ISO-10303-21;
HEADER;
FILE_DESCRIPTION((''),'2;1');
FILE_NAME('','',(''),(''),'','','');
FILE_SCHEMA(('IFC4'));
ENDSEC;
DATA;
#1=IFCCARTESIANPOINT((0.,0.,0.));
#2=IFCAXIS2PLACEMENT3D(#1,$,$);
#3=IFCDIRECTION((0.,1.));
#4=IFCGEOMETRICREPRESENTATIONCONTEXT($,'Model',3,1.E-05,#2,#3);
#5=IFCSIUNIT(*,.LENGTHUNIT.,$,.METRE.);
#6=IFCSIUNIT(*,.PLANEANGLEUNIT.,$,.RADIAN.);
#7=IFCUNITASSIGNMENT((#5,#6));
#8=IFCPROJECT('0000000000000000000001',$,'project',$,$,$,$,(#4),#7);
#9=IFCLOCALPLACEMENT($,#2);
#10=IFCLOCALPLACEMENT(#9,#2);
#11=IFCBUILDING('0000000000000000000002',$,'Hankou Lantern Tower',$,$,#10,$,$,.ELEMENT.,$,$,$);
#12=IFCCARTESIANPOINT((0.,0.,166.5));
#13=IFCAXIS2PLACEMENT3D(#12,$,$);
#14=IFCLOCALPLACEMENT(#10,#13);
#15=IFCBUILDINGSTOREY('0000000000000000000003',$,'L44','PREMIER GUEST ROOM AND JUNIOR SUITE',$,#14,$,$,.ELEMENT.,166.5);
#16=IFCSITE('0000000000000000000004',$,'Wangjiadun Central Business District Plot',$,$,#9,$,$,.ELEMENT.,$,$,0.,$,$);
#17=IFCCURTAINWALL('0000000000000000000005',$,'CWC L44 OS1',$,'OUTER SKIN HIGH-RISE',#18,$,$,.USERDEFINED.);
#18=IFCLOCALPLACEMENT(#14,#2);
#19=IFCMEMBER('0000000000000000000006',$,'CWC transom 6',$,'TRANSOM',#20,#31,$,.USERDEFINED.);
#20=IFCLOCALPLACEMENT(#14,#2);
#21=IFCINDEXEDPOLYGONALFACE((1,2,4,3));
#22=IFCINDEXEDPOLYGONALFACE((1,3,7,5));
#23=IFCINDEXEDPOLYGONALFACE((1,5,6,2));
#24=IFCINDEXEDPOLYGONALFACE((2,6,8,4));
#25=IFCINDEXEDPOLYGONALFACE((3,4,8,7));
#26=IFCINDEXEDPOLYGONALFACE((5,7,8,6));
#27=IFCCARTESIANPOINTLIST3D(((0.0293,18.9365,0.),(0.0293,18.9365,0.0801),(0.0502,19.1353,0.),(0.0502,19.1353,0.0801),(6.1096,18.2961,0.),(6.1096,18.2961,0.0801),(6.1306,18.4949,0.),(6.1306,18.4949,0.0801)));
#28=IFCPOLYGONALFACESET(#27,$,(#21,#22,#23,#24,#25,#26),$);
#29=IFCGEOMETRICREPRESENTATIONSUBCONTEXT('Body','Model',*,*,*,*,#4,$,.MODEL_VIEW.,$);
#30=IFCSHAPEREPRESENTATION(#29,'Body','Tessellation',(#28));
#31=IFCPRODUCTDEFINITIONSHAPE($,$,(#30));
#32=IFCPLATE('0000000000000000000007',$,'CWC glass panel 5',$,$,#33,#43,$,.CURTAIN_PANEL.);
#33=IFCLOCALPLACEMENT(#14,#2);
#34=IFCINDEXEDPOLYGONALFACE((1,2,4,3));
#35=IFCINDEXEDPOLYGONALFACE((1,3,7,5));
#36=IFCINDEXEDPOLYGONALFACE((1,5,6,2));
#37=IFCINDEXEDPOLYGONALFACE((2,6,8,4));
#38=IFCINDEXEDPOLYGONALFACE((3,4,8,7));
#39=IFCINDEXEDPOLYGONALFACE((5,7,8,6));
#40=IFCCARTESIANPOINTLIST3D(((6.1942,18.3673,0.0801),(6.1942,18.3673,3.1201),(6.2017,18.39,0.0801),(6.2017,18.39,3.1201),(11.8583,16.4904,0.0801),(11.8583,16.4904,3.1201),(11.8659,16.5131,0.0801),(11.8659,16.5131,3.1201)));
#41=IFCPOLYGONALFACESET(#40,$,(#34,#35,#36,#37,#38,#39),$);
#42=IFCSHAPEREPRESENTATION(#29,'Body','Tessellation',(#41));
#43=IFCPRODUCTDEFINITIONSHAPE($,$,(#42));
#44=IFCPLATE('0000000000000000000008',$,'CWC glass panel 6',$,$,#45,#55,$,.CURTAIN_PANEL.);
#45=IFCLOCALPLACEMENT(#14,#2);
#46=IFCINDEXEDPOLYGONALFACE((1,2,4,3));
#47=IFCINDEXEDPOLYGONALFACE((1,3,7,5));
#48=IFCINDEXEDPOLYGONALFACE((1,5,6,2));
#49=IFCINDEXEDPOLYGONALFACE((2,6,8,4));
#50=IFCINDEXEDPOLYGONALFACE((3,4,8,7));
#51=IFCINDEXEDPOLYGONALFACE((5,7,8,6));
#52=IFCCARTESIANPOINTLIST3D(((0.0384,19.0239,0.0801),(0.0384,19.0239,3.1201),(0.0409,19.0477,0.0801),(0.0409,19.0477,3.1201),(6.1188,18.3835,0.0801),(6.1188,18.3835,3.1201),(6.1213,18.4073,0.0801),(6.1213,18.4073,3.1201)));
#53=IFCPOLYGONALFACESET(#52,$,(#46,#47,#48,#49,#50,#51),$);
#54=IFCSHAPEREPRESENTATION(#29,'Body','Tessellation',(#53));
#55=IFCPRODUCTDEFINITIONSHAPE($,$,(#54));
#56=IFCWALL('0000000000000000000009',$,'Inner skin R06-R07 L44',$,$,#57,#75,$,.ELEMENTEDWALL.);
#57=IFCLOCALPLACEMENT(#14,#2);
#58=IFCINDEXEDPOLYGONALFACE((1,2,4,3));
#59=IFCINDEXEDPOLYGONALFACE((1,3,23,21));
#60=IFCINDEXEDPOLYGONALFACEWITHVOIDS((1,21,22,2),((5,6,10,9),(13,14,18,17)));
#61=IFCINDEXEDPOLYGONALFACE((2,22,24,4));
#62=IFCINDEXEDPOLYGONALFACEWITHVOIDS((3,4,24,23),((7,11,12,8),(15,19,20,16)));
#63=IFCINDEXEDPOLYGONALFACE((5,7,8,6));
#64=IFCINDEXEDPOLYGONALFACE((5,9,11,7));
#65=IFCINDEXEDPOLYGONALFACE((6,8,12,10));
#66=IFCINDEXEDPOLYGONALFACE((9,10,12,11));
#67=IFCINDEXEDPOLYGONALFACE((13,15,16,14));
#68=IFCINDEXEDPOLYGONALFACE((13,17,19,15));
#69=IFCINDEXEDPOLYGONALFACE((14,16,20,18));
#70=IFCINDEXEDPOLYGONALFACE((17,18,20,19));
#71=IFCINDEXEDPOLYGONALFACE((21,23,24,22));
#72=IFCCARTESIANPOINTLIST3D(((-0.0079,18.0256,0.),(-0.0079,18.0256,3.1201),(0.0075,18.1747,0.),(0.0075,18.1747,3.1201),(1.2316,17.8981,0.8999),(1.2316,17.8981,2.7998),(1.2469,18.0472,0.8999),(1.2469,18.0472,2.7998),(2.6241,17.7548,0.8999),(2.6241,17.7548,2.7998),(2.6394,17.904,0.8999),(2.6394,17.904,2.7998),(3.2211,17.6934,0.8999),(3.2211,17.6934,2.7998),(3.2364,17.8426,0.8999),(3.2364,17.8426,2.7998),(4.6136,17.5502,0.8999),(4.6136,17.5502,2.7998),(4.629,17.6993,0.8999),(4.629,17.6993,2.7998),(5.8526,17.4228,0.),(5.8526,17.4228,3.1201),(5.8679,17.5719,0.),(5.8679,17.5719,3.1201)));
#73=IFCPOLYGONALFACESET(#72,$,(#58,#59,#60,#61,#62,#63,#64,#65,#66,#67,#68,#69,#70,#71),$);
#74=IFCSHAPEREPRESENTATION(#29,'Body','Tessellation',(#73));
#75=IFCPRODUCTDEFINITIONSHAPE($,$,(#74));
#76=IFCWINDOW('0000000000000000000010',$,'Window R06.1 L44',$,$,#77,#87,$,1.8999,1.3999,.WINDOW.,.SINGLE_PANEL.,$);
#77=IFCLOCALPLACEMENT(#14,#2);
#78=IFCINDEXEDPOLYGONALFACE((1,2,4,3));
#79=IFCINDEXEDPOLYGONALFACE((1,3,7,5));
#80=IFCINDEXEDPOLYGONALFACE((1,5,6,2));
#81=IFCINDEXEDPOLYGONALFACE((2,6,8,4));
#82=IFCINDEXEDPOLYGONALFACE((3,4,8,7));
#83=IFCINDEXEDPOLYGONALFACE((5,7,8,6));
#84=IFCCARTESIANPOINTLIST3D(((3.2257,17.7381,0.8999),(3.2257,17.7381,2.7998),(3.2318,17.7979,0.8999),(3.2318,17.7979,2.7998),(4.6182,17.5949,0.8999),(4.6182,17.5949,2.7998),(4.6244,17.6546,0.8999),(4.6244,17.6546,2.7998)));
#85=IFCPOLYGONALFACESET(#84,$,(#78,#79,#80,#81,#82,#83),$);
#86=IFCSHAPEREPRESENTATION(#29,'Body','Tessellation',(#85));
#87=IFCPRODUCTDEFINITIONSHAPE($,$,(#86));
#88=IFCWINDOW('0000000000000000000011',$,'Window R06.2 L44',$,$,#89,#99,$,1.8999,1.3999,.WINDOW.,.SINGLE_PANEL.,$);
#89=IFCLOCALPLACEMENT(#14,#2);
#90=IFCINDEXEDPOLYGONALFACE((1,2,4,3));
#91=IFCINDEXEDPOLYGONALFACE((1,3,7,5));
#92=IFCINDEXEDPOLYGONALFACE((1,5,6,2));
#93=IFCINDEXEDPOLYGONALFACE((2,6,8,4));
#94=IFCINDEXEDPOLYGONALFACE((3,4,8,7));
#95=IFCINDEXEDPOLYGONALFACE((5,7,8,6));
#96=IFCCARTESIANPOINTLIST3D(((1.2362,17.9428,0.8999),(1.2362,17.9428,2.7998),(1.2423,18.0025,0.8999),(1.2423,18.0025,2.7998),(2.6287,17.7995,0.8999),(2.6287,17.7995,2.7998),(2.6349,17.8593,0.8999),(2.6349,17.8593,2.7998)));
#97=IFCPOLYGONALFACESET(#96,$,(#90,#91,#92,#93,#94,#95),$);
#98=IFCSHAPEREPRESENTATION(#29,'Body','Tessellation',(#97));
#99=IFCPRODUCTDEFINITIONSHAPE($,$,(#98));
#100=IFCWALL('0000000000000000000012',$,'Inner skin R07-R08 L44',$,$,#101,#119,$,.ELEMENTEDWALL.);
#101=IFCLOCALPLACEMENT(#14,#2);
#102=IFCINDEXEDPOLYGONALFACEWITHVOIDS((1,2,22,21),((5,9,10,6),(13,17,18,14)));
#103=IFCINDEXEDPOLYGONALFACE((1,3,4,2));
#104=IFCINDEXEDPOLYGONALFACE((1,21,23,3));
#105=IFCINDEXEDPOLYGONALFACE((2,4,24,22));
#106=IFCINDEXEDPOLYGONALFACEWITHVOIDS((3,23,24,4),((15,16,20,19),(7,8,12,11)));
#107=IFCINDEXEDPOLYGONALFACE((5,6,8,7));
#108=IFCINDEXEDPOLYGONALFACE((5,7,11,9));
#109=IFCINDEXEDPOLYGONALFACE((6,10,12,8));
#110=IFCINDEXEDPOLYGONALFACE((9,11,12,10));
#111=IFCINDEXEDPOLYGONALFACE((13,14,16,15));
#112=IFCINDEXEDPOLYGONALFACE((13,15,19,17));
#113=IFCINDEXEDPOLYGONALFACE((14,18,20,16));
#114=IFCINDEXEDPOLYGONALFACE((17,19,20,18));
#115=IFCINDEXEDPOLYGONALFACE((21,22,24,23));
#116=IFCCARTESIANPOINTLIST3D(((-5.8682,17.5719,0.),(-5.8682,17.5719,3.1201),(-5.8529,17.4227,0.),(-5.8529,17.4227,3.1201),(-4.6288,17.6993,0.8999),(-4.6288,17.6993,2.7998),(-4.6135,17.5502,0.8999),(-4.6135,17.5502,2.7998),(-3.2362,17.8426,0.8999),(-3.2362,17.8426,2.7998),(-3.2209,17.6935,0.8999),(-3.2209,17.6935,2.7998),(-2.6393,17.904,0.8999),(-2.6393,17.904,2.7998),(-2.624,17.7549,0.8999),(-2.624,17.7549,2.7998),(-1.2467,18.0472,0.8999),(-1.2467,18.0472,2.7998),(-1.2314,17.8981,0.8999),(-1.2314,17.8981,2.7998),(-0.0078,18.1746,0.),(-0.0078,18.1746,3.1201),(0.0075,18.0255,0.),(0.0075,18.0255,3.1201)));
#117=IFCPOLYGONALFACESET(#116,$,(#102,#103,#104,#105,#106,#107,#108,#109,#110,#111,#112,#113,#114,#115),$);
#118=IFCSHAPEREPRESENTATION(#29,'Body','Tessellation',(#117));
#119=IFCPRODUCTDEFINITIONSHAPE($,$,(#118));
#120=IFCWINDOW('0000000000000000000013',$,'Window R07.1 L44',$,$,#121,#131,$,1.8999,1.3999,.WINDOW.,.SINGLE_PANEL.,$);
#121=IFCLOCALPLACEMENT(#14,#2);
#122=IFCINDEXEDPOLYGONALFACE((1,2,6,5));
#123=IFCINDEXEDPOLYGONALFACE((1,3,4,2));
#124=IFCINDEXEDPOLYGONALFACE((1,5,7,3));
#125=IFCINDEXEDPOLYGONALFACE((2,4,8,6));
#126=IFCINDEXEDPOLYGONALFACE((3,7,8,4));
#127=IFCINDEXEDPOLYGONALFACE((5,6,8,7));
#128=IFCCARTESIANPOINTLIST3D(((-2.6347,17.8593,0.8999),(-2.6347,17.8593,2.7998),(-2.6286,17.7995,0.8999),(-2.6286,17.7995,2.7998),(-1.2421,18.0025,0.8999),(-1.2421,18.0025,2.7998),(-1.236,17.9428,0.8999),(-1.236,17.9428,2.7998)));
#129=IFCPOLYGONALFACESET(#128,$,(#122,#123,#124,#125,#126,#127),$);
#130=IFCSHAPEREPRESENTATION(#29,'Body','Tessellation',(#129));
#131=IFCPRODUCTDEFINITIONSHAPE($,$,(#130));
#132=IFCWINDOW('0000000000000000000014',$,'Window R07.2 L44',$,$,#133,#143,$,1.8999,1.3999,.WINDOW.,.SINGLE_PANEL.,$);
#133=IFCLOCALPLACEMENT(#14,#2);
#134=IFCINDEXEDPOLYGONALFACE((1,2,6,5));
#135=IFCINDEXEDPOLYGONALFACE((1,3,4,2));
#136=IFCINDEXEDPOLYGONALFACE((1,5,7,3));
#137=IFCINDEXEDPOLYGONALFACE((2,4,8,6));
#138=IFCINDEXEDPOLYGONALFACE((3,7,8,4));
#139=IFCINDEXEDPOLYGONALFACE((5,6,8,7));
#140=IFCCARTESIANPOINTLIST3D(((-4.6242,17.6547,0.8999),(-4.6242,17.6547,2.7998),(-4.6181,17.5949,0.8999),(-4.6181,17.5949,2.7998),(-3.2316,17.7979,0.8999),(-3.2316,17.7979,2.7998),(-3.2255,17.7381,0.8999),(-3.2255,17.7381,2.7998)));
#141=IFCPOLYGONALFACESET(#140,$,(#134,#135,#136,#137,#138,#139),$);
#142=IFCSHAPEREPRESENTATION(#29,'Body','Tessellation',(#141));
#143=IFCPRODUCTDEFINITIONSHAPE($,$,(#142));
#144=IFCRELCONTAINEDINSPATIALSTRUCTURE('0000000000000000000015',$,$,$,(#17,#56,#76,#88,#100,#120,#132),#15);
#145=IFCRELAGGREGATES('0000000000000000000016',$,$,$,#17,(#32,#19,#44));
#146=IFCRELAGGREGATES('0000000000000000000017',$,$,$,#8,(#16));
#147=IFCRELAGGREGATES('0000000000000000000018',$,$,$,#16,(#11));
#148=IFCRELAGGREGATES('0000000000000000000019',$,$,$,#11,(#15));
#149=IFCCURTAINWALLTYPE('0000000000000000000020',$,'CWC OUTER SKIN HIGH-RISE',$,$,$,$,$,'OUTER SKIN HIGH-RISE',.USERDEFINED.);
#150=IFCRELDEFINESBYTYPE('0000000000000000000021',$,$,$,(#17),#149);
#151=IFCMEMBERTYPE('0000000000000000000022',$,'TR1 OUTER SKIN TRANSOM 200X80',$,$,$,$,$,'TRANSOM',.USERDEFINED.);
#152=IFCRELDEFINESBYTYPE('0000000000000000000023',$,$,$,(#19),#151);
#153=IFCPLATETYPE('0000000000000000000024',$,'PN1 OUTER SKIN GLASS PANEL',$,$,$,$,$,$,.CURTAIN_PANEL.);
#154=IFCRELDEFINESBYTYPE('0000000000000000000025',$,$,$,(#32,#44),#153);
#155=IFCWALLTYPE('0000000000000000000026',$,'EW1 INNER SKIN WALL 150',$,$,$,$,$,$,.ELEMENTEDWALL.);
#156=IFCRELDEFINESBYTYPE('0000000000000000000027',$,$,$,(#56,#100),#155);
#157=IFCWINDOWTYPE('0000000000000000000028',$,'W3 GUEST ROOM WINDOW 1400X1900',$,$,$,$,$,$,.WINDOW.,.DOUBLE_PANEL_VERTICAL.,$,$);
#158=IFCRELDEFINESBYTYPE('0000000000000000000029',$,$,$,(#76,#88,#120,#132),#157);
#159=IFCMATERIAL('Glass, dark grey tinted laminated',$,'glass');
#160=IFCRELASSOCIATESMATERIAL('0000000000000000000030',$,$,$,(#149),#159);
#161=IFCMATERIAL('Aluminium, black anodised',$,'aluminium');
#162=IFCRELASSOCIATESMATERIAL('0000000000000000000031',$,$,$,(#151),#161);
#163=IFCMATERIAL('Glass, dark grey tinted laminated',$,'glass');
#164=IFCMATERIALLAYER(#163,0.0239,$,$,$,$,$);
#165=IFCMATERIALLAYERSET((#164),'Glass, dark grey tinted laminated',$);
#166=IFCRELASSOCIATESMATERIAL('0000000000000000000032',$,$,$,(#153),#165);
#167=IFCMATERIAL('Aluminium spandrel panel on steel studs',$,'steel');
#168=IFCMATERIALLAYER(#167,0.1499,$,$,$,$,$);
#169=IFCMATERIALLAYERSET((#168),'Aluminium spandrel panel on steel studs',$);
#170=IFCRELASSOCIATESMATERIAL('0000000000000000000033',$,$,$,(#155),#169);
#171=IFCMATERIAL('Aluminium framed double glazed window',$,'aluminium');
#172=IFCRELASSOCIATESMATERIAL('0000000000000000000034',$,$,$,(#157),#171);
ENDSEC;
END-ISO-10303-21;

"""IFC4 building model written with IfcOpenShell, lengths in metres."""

from ifc_helpers import new_model, si_unit, direction, frame, frame_2d, origin, origin_2d, place, context, subcontext, project, spatial, rectangle, extrude, material, layer, layer_set, material_profile, profile_set, type_object, element, fill, aggregate, save


model = new_model("IFC4")

# Units and contexts
model_context = context("Model", 3, precision=1e-05, world=origin(), true_north=direction((0.0, 1.0)))
body_context = subcontext(model_context, "Body", "Model", "MODEL_VIEW")
ifc_project = project(units=[si_unit("LENGTHUNIT", "METRE"), si_unit("PLANEANGLEUNIT", "RADIAN")], contexts=[model_context])

# Site, building, storey
site_placement = place(None, origin())
site = spatial("IfcSite", under=ifc_project, at=site_placement, Name="Wangjiadun Central Business District Plot", CompositionType="ELEMENT", RefElevation=0.0)
building_placement = place(site_placement, origin())
building = spatial("IfcBuilding", under=site, at=building_placement, Name="Hankou Lantern Tower", CompositionType="ELEMENT")
storey_placement = place(building_placement, frame((0.0, 0.0, 166.5)))
storey = spatial("IfcBuildingStorey", under=building, at=storey_placement, Name="L44", Description="PREMIER GUEST ROOM AND JUNIOR SUITE", CompositionType="ELEMENT", Elevation=166.5)

# Curtain wall
ifc_material_1 = material(Name="Glass, dark grey tinted laminated", Category="glass")
curtain_wall_type = type_object("IfcCurtainWallType", Name="CWC OUTER SKIN HIGH-RISE", ElementType="OUTER SKIN HIGH-RISE", PredefinedType="USERDEFINED", material=ifc_material_1)
curtain_wall_1_placement = place(storey_placement, origin())
curtain_wall_1 = element("IfcCurtainWall", 1, at=curtain_wall_1_placement, inside=storey, type_object=curtain_wall_type, Name="CWC L44 OS1", ObjectType="OUTER SKIN HIGH-RISE", PredefinedType="USERDEFINED")

# Member
ifc_material_2 = material(Name="Aluminium, black anodised", Category="aluminium")
ifc_material_profile_1 = material_profile(ifc_material_2, rectangle(XDim=0.2, YDim=0.0801, at=origin_2d()), Name="TR1 200X80")
ifc_profile_set_1 = profile_set([ifc_material_profile_1], Name="Aluminium, black anodised")
member_type_1 = type_object("IfcMemberType", Name="TR1 OUTER SKIN TRANSOM 200X80", ElementType="TRANSOM", PredefinedType="USERDEFINED", material=ifc_profile_set_1)
member_1_placement = place(storey_placement, frame((6.1201, 18.3955, 0.04), z_axis=(-0.9945, 0.104741, 0.0), x_axis=(-0.104741, -0.9945, 0.0)))
member_1 = element("IfcMember", 2, at=member_1_placement, type_object=member_type_1, Name="CWC transom 6", ObjectType="TRANSOM", PredefinedType="USERDEFINED", context=body_context, shape_type="SweptSolid", body=[
    extrude(rectangle(XDim=0.2, YDim=0.0801, at=origin_2d()), origin(), (0.0, 0.0, 1.0), 6.114),
])

# Plates
ifc_material_3 = material(Name="Glass, dark grey tinted laminated", Category="glass")
ifc_layer_1 = layer(ifc_material_3, 0.0239)
ifc_layer_set_1 = layer_set([ifc_layer_1], Name="Glass, dark grey tinted laminated")
plate_type = type_object("IfcPlateType", Name="PN1 OUTER SKIN GLASS PANEL", PredefinedType="CURTAIN_PANEL", material=ifc_layer_set_1)
plate_1_placement = place(storey_placement, frame((9.03, 17.4402, 0.0801), z_axis=(0.0, 0.0, 1.0), x_axis=(-0.949241, 0.314551, 0.0)))
plate_1 = element("IfcPlate", 3, at=plate_1_placement, type_object=plate_type, Name="CWC glass panel 5", PredefinedType="CURTAIN_PANEL", context=body_context, shape_type="SweptSolid", body=[
    extrude(rectangle(XDim=5.967, YDim=0.0239, at=origin_2d()), origin(), (0.0, 0.0, 1.0), 3.04),
])
plate_2_placement = place(storey_placement, frame((3.0798, 18.7156, 0.0801), z_axis=(0.0, 0.0, 1.0), x_axis=(-0.994499, 0.104743, 0.0)))
plate_2 = element("IfcPlate", 4, at=plate_2_placement, type_object=plate_type, Name="CWC glass panel 6", PredefinedType="CURTAIN_PANEL", context=body_context, shape_type="SweptSolid", body=[
    extrude(rectangle(XDim=6.114, YDim=0.0239, at=origin_2d()), origin(), (0.0, 0.0, 1.0), 3.04),
])
aggregate(curtain_wall_1, [plate_1, member_1, plate_2])

# Walls, openings, windows
ifc_material_4 = material(Name="Aluminium spandrel panel on steel studs", Category="steel")
ifc_layer_2 = layer(ifc_material_4, 0.1499)
ifc_layer_set_2 = layer_set([ifc_layer_2], Name="Aluminium spandrel panel on steel studs")
wall_type_1 = type_object("IfcWallType", Name="EW1 INNER SKIN WALL 150", PredefinedType="ELEMENTEDWALL", material=ifc_layer_set_2)
wall_1_placement = place(storey_placement, frame((5.8604, 17.4973, 0.0), z_axis=(0.0, 0.0, 1.0), x_axis=(-0.994752, 0.102318, 0.0)))
wall_1 = element("IfcWall", 5, at=wall_1_placement, inside=storey, type_object=wall_type_1, Name="Inner skin R06-R07 L44", PredefinedType="ELEMENTEDWALL", context=body_context, shape_type="SweptSolid", body=[
    extrude(rectangle(XDim=5.8914, YDim=0.1499, at=frame_2d((2.9458, 0.0))), origin(), (0.0, 0.0, 1.0), 3.1201),
])
opening_1_placement = place(wall_1_placement, frame((1.2456, 0.0, 0.8999)))
opening_1 = element("IfcOpeningElement", 6, at=opening_1_placement, cuts=wall_1, PredefinedType="OPENING", context=body_context, shape_type="SweptSolid", body=[
    extrude(rectangle(XDim=1.3999, YDim=1.8999, at=frame_2d((0.7, 0.95))), frame((0.0, 0.085, 0.0), z_axis=(0.0, -1.0, 0.0), x_axis=(1.0, 0.0, 0.0)), (0.0, 0.0, 1.0), 0.1699),
])
opening_2_placement = place(wall_1_placement, frame((3.2456, 0.0, 0.8999)))
opening_2 = element("IfcOpeningElement", 7, at=opening_2_placement, cuts=wall_1, PredefinedType="OPENING", context=body_context, shape_type="SweptSolid", body=[
    extrude(rectangle(XDim=1.3999, YDim=1.8999, at=frame_2d((0.7, 0.95))), frame((0.0, 0.085, 0.0), z_axis=(0.0, -1.0, 0.0), x_axis=(1.0, 0.0, 0.0)), (0.0, 0.0, 1.0), 0.1699),
])
ifc_material_5 = material(Name="Aluminium framed double glazed window", Category="aluminium")
window_type = type_object("IfcWindowType", Name="W3 GUEST ROOM WINDOW 1400X1900", PartitioningType="DOUBLE_PANEL_VERTICAL", PredefinedType="WINDOW", material=ifc_material_5)
window_1_placement = place(opening_1_placement, origin())
window_1 = element("IfcWindow", 8, at=window_1_placement, inside=storey, type_object=window_type, Name="Window R06.1 L44", OverallHeight=1.8999, OverallWidth=1.3999, PartitioningType="SINGLE_PANEL", PredefinedType="WINDOW", context=body_context, shape_type="SweptSolid", body=[
    extrude(rectangle(XDim=1.3999, YDim=1.8999, at=frame_2d((0.7, 0.95))), frame((0.0, 0.03, 0.0), z_axis=(0.0, -1.0, 0.0), x_axis=(1.0, 0.0, 0.0)), (0.0, 0.0, 1.0), 0.0601),
])
fill(opening_1, window_1)
window_2_placement = place(opening_2_placement, origin())
window_2 = element("IfcWindow", 9, at=window_2_placement, inside=storey, type_object=window_type, Name="Window R06.2 L44", OverallHeight=1.8999, OverallWidth=1.3999, PartitioningType="SINGLE_PANEL", PredefinedType="WINDOW", context=body_context, shape_type="SweptSolid", body=[
    extrude(rectangle(XDim=1.3999, YDim=1.8999, at=frame_2d((0.7, 0.95))), frame((0.0, 0.03, 0.0), z_axis=(0.0, -1.0, 0.0), x_axis=(1.0, 0.0, 0.0)), (0.0, 0.0, 1.0), 0.0601),
])
fill(opening_2, window_2)
wall_2_placement = place(storey_placement, frame((0.0, 18.1001, 0.0), z_axis=(0.0, 0.0, 1.0), x_axis=(-0.994752, -0.102318, 0.0)))
wall_2 = element("IfcWall", 10, at=wall_2_placement, inside=storey, type_object=wall_type_1, Name="Inner skin R07-R08 L44", PredefinedType="ELEMENTEDWALL", context=body_context, shape_type="SweptSolid", body=[
    extrude(rectangle(XDim=5.8914, YDim=0.1499, at=frame_2d((2.9458, 0.0))), origin(), (0.0, 0.0, 1.0), 3.1201),
])
opening_3_placement = place(wall_2_placement, frame((1.2456, 0.0, 0.8999)))
opening_3 = element("IfcOpeningElement", 11, at=opening_3_placement, cuts=wall_2, PredefinedType="OPENING", context=body_context, shape_type="SweptSolid", body=[
    extrude(rectangle(XDim=1.3999, YDim=1.8999, at=frame_2d((0.7, 0.95))), frame((0.0, 0.085, 0.0), z_axis=(0.0, -1.0, 0.0), x_axis=(1.0, 0.0, 0.0)), (0.0, 0.0, 1.0), 0.1699),
])
opening_4_placement = place(wall_2_placement, frame((3.2456, 0.0, 0.8999)))
opening_4 = element("IfcOpeningElement", 12, at=opening_4_placement, cuts=wall_2, PredefinedType="OPENING", context=body_context, shape_type="SweptSolid", body=[
    extrude(rectangle(XDim=1.3999, YDim=1.8999, at=frame_2d((0.7, 0.95))), frame((0.0, 0.085, 0.0), z_axis=(0.0, -1.0, 0.0), x_axis=(1.0, 0.0, 0.0)), (0.0, 0.0, 1.0), 0.1699),
])
window_3_placement = place(opening_3_placement, origin())
window_3 = element("IfcWindow", 13, at=window_3_placement, inside=storey, type_object=window_type, Name="Window R07.1 L44", OverallHeight=1.8999, OverallWidth=1.3999, PartitioningType="SINGLE_PANEL", PredefinedType="WINDOW", context=body_context, shape_type="SweptSolid", body=[
    extrude(rectangle(XDim=1.3999, YDim=1.8999, at=frame_2d((0.7, 0.95))), frame((0.0, 0.03, 0.0), z_axis=(0.0, -1.0, 0.0), x_axis=(1.0, 0.0, 0.0)), (0.0, 0.0, 1.0), 0.0601),
])
fill(opening_3, window_3)
window_4_placement = place(opening_4_placement, origin())
window_4 = element("IfcWindow", 14, at=window_4_placement, inside=storey, type_object=window_type, Name="Window R07.2 L44", OverallHeight=1.8999, OverallWidth=1.3999, PartitioningType="SINGLE_PANEL", PredefinedType="WINDOW", context=body_context, shape_type="SweptSolid", body=[
    extrude(rectangle(XDim=1.3999, YDim=1.8999, at=frame_2d((0.7, 0.95))), frame((0.0, 0.03, 0.0), z_axis=(0.0, -1.0, 0.0), x_axis=(1.0, 0.0, 0.0)), (0.0, 0.0, 1.0), 0.0601),
])
fill(opening_4, window_4)

save(model, "model.ifc")
